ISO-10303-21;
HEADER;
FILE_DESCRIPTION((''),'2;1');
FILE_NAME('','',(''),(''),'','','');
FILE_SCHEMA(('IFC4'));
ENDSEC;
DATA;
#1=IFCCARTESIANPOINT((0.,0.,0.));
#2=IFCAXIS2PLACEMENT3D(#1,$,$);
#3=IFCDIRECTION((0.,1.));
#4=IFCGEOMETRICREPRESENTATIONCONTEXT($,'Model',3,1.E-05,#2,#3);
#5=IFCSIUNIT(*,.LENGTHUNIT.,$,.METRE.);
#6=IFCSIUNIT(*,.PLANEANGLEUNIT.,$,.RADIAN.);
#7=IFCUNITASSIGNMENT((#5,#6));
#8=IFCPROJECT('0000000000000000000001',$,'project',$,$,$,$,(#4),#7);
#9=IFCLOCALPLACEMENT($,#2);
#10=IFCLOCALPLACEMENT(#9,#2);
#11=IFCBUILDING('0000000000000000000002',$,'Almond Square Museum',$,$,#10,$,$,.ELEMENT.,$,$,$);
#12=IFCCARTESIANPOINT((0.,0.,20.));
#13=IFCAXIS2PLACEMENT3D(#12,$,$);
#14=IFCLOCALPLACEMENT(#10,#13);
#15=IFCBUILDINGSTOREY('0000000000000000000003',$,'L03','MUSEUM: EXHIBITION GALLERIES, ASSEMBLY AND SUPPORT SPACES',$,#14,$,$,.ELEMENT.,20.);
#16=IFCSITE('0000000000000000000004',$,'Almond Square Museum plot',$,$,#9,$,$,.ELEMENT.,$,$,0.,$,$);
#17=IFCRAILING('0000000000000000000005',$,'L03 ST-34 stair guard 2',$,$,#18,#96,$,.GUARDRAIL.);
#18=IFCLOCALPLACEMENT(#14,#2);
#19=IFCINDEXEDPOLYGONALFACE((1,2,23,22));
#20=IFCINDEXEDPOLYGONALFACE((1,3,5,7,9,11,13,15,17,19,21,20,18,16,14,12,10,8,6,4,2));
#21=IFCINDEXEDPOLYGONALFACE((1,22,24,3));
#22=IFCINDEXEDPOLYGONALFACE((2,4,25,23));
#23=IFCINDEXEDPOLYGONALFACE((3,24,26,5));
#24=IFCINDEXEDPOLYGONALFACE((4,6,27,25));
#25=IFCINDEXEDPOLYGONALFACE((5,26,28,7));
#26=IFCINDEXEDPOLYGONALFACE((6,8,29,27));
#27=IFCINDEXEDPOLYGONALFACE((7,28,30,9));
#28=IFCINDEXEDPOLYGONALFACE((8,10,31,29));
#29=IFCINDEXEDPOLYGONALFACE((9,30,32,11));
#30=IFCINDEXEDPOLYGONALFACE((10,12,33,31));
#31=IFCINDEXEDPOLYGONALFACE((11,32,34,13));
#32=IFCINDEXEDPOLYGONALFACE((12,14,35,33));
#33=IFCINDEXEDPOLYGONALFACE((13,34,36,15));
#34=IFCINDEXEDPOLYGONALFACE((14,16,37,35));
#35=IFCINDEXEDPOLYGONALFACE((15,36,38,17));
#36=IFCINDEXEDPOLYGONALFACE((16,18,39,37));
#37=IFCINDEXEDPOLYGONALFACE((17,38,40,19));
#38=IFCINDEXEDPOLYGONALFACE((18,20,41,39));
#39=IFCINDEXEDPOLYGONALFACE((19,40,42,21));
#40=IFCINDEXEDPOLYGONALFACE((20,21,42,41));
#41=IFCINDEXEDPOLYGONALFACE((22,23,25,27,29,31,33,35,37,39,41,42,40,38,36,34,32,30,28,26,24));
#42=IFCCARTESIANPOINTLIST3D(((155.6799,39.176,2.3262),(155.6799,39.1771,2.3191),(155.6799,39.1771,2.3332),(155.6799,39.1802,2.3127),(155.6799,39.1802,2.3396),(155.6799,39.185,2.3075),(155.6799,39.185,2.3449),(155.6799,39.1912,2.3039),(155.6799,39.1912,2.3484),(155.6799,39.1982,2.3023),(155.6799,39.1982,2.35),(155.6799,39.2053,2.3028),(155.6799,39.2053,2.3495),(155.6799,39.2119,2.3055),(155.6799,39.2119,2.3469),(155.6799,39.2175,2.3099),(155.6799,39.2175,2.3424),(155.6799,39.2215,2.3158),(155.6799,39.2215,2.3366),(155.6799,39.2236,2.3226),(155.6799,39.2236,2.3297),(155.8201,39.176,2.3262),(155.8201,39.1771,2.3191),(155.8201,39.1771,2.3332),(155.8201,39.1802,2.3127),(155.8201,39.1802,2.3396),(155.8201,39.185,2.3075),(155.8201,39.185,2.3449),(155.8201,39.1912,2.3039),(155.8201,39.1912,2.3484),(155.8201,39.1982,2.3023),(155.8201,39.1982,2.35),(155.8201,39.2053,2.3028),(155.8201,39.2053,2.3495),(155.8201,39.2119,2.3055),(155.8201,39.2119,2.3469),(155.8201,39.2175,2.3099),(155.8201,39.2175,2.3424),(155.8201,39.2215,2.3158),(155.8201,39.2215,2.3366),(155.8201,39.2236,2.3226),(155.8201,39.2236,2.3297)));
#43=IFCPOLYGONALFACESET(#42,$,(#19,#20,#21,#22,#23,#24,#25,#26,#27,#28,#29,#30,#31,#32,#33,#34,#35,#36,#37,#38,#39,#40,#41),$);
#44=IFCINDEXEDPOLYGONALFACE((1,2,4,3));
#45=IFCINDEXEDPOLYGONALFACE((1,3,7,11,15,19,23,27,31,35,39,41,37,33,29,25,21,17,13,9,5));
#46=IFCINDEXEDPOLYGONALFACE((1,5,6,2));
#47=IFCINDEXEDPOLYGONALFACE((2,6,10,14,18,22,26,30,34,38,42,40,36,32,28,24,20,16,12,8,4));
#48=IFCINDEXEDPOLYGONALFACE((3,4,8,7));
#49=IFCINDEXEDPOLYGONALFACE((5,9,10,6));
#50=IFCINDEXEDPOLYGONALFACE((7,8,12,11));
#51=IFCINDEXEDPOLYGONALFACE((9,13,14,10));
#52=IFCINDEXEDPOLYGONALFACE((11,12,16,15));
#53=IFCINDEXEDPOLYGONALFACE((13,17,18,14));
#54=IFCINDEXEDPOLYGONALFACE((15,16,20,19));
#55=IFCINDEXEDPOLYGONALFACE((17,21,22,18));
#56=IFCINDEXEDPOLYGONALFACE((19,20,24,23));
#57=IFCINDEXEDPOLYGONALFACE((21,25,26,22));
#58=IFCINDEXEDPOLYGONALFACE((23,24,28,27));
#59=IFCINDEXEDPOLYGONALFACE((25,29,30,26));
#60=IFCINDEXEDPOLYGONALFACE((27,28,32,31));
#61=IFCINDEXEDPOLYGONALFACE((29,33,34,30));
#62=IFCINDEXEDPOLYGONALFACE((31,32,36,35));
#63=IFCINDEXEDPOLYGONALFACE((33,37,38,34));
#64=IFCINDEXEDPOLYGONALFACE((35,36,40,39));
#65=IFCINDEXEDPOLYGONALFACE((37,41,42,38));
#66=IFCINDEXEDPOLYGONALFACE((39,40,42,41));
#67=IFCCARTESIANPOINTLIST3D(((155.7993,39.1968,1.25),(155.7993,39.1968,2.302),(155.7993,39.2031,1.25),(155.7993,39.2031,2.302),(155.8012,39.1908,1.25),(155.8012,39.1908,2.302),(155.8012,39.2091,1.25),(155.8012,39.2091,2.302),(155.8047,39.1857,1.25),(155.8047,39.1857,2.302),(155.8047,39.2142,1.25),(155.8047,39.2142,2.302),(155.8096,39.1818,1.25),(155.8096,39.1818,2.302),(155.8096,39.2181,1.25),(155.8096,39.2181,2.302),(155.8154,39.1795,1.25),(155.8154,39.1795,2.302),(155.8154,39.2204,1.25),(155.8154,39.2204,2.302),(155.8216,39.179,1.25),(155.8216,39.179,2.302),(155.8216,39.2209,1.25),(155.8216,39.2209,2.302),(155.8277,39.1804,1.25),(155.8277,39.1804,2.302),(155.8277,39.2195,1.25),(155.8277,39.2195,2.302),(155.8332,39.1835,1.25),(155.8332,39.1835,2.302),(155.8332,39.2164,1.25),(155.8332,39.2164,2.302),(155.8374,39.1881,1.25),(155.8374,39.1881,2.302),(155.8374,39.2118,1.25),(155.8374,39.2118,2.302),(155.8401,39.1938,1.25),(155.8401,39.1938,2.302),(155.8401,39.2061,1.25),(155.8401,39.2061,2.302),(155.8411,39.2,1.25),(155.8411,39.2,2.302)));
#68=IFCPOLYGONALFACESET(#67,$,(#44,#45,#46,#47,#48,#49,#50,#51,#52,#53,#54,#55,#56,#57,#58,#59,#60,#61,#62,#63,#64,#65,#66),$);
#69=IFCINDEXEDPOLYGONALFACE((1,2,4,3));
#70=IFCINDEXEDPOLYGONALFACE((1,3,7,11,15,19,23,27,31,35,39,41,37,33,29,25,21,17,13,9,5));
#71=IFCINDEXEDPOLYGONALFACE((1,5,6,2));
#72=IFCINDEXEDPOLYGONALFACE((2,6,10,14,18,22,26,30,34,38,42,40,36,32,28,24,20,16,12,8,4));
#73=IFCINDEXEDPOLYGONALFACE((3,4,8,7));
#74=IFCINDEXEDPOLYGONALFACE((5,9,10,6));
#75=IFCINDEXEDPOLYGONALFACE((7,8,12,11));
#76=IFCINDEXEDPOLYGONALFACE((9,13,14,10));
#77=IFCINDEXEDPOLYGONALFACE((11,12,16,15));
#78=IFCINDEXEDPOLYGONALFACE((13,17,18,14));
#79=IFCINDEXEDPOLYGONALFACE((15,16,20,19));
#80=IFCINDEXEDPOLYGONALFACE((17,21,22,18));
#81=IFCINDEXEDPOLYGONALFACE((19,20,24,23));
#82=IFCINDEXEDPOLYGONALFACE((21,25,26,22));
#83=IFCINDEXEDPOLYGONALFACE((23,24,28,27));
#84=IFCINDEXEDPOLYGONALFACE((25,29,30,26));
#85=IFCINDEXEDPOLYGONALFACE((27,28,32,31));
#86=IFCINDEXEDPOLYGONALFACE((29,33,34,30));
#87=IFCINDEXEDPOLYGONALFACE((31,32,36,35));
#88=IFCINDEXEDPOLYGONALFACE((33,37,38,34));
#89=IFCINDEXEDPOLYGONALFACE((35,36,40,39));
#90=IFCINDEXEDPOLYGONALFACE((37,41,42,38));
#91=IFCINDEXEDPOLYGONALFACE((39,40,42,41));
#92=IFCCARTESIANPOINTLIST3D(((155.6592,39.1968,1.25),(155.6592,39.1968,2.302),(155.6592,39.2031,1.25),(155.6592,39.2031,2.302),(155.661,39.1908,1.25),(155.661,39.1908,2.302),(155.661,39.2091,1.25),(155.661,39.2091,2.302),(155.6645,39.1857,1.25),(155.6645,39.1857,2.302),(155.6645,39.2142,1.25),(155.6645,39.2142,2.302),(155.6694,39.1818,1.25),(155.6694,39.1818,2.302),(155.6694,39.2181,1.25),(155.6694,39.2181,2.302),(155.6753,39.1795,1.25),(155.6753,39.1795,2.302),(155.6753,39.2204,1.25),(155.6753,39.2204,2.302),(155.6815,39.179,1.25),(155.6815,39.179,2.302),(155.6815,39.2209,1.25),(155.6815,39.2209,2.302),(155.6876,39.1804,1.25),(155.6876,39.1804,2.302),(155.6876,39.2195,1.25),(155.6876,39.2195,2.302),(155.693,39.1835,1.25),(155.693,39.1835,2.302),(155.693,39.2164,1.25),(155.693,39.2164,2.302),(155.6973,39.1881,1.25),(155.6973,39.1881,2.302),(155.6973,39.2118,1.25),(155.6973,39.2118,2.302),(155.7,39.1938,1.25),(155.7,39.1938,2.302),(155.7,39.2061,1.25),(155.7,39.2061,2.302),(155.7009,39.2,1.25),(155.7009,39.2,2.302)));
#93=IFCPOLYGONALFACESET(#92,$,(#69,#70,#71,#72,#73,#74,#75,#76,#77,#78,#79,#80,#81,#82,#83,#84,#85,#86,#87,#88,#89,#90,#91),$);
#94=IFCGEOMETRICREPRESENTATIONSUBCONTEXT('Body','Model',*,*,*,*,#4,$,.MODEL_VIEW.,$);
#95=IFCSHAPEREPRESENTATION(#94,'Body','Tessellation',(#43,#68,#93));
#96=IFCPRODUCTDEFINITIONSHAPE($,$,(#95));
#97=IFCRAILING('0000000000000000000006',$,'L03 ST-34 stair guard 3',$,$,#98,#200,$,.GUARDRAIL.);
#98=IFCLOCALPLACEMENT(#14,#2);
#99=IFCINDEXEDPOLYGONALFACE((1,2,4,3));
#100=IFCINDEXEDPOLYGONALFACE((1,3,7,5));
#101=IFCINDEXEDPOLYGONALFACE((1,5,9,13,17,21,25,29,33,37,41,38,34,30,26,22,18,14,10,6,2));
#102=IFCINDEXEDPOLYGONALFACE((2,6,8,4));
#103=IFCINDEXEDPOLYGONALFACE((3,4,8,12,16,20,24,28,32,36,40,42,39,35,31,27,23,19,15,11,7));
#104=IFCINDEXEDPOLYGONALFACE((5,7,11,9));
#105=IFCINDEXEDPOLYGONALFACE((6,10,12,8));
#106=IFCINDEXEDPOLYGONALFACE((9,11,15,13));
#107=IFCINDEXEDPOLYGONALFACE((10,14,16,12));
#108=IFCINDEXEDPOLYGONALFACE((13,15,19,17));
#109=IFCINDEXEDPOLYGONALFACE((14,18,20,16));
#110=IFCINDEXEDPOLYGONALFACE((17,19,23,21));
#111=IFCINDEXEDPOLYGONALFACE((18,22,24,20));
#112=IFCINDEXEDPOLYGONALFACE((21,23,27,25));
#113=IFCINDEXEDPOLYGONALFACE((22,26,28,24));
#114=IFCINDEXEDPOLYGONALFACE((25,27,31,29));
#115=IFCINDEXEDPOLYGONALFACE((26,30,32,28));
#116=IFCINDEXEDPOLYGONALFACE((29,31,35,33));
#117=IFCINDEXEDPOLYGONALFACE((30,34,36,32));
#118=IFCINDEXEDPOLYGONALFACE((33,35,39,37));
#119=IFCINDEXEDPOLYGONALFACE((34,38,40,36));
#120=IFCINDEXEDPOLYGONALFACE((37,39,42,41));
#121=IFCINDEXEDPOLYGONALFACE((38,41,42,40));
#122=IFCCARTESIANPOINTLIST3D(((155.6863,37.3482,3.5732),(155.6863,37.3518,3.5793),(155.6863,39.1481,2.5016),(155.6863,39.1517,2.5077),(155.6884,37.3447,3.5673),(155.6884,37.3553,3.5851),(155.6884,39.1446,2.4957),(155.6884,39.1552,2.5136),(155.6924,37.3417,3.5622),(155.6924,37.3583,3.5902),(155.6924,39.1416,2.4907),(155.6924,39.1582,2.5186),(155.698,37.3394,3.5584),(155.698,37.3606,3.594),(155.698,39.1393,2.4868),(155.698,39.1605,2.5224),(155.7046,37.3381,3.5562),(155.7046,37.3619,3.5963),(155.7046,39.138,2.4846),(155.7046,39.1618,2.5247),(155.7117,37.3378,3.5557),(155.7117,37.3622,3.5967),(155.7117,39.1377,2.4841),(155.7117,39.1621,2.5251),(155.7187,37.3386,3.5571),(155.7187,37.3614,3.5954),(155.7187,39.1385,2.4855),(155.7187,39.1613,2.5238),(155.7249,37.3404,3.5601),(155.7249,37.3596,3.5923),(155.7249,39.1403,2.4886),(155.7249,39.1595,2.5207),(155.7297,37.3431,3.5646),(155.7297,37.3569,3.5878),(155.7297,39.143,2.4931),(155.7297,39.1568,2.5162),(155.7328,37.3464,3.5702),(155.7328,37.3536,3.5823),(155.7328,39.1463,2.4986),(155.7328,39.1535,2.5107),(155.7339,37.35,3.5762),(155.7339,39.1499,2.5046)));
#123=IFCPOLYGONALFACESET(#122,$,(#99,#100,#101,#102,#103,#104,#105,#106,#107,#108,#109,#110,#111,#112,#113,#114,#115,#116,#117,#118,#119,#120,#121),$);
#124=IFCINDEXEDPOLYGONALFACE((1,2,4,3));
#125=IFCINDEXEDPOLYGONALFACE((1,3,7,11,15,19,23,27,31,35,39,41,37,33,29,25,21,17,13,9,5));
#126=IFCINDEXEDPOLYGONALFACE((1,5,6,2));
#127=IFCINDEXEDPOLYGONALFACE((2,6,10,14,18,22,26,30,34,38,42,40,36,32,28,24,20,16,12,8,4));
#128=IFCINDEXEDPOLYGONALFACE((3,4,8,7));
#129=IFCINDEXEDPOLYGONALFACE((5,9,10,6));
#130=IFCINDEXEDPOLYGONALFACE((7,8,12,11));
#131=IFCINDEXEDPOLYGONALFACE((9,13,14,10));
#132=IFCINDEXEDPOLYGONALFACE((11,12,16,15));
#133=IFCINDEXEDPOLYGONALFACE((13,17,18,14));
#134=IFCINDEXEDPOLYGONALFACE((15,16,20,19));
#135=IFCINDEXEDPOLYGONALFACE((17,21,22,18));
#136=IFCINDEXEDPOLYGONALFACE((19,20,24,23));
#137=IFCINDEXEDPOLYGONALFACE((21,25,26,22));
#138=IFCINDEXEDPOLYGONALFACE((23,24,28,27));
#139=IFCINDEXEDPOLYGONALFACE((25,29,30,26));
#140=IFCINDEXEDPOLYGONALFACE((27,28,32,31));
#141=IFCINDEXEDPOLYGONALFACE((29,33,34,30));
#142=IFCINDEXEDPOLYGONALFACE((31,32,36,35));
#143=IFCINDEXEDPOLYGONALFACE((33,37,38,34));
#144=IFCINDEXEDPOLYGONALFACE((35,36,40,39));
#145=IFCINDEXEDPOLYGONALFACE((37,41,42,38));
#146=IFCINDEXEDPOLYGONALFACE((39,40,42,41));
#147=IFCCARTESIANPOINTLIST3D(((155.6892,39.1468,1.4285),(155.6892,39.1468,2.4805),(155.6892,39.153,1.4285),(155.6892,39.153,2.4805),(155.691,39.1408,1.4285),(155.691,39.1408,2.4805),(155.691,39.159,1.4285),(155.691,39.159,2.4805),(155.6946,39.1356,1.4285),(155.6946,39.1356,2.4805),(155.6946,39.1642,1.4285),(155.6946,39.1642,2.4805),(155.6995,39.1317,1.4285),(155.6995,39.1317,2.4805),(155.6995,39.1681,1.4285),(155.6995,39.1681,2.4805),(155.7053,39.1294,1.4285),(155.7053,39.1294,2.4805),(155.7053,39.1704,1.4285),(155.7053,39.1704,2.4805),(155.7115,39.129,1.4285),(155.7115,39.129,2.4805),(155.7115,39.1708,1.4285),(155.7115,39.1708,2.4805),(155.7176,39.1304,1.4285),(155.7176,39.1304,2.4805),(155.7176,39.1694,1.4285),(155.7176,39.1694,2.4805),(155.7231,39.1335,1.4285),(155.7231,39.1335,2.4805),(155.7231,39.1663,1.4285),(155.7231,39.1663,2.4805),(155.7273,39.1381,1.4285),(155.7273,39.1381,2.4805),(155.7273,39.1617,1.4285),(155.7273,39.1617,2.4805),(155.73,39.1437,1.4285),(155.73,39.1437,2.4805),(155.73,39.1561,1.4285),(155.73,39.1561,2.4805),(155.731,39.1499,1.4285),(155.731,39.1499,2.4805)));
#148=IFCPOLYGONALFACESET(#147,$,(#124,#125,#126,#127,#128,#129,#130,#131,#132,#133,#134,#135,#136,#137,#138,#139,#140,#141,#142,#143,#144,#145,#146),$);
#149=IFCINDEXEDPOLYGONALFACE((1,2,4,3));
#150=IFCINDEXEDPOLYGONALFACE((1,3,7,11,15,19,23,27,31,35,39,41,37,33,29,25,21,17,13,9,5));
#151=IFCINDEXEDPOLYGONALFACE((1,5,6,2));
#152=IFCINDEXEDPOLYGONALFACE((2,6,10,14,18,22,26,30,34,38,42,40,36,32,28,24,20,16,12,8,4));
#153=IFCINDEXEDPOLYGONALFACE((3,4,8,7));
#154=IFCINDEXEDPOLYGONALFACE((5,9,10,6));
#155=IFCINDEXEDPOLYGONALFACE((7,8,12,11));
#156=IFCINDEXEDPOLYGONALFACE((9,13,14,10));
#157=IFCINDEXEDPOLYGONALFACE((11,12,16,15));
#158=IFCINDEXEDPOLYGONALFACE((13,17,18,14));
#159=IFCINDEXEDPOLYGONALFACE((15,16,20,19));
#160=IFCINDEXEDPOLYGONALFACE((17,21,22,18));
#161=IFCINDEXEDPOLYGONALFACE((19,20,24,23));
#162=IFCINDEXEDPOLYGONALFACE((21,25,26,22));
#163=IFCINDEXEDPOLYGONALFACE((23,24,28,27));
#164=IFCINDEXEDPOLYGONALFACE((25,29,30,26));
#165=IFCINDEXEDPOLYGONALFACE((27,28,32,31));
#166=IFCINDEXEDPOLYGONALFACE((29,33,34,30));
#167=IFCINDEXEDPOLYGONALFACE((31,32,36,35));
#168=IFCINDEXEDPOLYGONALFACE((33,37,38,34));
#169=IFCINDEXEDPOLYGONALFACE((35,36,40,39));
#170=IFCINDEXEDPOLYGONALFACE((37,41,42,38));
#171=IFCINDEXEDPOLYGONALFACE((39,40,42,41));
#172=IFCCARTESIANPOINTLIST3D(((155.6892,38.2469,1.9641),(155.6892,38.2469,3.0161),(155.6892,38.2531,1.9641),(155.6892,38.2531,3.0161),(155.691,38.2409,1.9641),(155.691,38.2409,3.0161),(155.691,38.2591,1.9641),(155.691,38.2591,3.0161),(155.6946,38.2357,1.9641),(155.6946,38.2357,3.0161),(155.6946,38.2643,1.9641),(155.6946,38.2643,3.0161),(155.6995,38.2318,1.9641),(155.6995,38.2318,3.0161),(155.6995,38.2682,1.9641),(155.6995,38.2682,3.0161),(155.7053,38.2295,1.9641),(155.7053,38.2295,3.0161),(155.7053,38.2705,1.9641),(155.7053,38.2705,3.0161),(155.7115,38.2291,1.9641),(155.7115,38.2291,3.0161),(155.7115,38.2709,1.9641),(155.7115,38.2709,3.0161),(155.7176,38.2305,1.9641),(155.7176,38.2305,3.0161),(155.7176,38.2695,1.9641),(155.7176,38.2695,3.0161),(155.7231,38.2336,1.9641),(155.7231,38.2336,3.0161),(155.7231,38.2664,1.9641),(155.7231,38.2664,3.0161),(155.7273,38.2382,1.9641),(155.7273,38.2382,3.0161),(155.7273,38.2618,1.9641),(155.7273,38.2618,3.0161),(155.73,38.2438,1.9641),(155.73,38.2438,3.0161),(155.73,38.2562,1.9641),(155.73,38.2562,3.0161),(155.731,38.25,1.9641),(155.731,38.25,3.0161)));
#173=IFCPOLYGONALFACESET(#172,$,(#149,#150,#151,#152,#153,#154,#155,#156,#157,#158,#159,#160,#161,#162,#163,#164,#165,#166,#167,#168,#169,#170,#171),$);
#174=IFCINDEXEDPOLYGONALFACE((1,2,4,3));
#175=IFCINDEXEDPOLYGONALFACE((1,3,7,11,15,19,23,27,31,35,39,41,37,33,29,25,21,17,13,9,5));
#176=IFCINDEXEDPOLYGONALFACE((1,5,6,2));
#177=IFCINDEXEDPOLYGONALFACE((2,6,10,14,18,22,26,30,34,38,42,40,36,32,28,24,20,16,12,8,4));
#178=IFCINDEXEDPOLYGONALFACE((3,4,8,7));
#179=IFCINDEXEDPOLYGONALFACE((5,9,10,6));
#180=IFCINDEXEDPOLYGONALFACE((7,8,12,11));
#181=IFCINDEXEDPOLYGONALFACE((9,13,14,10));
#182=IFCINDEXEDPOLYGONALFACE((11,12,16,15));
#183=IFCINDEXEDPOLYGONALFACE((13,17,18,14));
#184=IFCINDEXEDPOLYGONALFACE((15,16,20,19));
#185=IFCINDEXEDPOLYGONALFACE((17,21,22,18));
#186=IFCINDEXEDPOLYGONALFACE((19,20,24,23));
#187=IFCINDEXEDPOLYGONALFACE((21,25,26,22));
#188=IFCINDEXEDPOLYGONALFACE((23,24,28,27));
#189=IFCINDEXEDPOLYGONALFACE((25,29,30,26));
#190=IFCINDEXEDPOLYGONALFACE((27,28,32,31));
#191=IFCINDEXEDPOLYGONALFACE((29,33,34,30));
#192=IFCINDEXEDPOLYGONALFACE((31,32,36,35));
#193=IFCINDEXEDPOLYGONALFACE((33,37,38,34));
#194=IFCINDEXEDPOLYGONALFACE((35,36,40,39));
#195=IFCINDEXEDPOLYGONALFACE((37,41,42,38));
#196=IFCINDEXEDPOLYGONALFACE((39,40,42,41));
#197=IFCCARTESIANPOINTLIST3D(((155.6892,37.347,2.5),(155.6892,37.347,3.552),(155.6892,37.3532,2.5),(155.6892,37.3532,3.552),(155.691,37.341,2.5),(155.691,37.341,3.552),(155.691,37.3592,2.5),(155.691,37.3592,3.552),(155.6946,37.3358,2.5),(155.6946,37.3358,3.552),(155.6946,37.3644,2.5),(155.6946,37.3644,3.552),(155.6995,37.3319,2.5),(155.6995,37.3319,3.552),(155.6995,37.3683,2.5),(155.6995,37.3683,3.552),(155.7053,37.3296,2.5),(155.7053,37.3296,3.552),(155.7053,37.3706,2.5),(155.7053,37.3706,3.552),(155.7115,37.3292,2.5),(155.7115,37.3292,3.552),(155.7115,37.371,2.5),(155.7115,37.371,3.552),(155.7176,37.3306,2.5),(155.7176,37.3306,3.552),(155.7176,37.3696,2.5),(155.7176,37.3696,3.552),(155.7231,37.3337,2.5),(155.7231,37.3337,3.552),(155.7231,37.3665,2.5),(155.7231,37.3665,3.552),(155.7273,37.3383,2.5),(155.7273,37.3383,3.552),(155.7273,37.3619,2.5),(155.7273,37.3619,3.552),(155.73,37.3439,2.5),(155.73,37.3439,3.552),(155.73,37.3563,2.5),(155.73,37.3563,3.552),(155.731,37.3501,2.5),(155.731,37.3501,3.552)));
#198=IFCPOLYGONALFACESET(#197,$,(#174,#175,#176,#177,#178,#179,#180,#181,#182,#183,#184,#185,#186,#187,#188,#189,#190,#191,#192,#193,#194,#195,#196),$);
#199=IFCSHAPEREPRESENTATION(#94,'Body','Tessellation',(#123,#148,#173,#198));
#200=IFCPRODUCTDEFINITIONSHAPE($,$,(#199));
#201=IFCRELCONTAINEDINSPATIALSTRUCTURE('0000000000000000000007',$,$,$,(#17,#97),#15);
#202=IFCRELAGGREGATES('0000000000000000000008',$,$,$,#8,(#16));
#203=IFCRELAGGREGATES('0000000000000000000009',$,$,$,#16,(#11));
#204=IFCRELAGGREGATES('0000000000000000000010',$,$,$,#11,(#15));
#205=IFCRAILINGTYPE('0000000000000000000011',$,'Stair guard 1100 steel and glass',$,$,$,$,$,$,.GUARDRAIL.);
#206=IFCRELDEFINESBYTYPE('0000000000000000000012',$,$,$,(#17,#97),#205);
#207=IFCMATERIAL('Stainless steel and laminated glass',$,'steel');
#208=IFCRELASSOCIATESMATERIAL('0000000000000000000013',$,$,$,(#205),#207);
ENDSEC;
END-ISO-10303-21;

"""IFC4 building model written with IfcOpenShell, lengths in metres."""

from ifc_helpers import new_model, si_unit, direction, frame, origin, origin_2d, place, context, subcontext, project, spatial, circle, extrude, material, type_object, element, save


model = new_model("IFC4")

# Units and contexts
model_context = context("Model", 3, precision=1e-05, world=origin(), true_north=direction((0.0, 1.0)))
body_context = subcontext(model_context, "Body", "Model", "MODEL_VIEW")
ifc_project = project(units=[si_unit("LENGTHUNIT", "METRE"), si_unit("PLANEANGLEUNIT", "RADIAN")], contexts=[model_context])

# Site, building, storey
site_placement = place(None, origin())
site = spatial("IfcSite", under=ifc_project, at=site_placement, Name="Almond Square Museum plot", CompositionType="ELEMENT", RefElevation=0.0)
building_placement = place(site_placement, origin())
building = spatial("IfcBuilding", under=site, at=building_placement, Name="Almond Square Museum", CompositionType="ELEMENT")
storey_placement = place(building_placement, frame((0.0, 0.0, 20.0)))
storey = spatial("IfcBuildingStorey", under=building, at=storey_placement, Name="L03", Description="MUSEUM: EXHIBITION GALLERIES, ASSEMBLY AND SUPPORT SPACES", CompositionType="ELEMENT", Elevation=20.0)

# Railings
ifc_material_1 = material(Name="Stainless steel and laminated glass", Category="steel")
railing_type_1 = type_object("IfcRailingType", Name="Stair guard 1100 steel and glass", PredefinedType="GUARDRAIL", material=ifc_material_1)
railing_1_placement = place(storey_placement, frame((155.8201, 39.2, 1.25)))
element("IfcRailing", 1, at=railing_1_placement, inside=storey, type_object=railing_type_1, Name="L03 ST-34 stair guard 2", PredefinedType="GUARDRAIL", context=body_context, shape_type="SweptSolid", body=[
    extrude(circle(Radius=0.0239, at=origin_2d()), frame((0.0, 0.0, 1.0762), z_axis=(-1.0, 0.0, 0.0), x_axis=(0.0, -1.0, 0.0)), (0.0, 0.0, 1.0), 0.1401),
    extrude(circle(Radius=0.021, at=origin_2d()), origin(), (0.0, 0.0, 1.0), 1.052),
    extrude(circle(Radius=0.021, at=origin_2d()), frame((-0.1401, 0.0, 0.0)), (0.0, 0.0, 1.0), 1.052),
])
railing_2_placement = place(storey_placement, frame((155.71, 39.1499, 1.4285)))
element("IfcRailing", 2, at=railing_2_placement, inside=storey, type_object=railing_type_1, Name="L03 ST-34 stair guard 3", PredefinedType="GUARDRAIL", context=body_context, shape_type="SweptSolid", body=[
    extrude(circle(Radius=0.0239, at=origin_2d()), frame((0.0, 0.0, 1.0762), z_axis=(0.0, -0.859247, 0.511562), x_axis=(1.0, 0.0, 0.0)), (0.0, 0.0, 1.0), 2.0947),
    extrude(circle(Radius=0.021, at=origin_2d()), origin(), (0.0, 0.0, 1.0), 1.052),
    extrude(circle(Radius=0.021, at=origin_2d()), frame((0.0, -0.8999, 0.5356)), (0.0, 0.0, 1.0), 1.052),
    extrude(circle(Radius=0.021, at=origin_2d()), frame((0.0, -1.7998, 1.0715)), (0.0, 0.0, 1.0), 1.052),
])

save(model, "model.ifc")
